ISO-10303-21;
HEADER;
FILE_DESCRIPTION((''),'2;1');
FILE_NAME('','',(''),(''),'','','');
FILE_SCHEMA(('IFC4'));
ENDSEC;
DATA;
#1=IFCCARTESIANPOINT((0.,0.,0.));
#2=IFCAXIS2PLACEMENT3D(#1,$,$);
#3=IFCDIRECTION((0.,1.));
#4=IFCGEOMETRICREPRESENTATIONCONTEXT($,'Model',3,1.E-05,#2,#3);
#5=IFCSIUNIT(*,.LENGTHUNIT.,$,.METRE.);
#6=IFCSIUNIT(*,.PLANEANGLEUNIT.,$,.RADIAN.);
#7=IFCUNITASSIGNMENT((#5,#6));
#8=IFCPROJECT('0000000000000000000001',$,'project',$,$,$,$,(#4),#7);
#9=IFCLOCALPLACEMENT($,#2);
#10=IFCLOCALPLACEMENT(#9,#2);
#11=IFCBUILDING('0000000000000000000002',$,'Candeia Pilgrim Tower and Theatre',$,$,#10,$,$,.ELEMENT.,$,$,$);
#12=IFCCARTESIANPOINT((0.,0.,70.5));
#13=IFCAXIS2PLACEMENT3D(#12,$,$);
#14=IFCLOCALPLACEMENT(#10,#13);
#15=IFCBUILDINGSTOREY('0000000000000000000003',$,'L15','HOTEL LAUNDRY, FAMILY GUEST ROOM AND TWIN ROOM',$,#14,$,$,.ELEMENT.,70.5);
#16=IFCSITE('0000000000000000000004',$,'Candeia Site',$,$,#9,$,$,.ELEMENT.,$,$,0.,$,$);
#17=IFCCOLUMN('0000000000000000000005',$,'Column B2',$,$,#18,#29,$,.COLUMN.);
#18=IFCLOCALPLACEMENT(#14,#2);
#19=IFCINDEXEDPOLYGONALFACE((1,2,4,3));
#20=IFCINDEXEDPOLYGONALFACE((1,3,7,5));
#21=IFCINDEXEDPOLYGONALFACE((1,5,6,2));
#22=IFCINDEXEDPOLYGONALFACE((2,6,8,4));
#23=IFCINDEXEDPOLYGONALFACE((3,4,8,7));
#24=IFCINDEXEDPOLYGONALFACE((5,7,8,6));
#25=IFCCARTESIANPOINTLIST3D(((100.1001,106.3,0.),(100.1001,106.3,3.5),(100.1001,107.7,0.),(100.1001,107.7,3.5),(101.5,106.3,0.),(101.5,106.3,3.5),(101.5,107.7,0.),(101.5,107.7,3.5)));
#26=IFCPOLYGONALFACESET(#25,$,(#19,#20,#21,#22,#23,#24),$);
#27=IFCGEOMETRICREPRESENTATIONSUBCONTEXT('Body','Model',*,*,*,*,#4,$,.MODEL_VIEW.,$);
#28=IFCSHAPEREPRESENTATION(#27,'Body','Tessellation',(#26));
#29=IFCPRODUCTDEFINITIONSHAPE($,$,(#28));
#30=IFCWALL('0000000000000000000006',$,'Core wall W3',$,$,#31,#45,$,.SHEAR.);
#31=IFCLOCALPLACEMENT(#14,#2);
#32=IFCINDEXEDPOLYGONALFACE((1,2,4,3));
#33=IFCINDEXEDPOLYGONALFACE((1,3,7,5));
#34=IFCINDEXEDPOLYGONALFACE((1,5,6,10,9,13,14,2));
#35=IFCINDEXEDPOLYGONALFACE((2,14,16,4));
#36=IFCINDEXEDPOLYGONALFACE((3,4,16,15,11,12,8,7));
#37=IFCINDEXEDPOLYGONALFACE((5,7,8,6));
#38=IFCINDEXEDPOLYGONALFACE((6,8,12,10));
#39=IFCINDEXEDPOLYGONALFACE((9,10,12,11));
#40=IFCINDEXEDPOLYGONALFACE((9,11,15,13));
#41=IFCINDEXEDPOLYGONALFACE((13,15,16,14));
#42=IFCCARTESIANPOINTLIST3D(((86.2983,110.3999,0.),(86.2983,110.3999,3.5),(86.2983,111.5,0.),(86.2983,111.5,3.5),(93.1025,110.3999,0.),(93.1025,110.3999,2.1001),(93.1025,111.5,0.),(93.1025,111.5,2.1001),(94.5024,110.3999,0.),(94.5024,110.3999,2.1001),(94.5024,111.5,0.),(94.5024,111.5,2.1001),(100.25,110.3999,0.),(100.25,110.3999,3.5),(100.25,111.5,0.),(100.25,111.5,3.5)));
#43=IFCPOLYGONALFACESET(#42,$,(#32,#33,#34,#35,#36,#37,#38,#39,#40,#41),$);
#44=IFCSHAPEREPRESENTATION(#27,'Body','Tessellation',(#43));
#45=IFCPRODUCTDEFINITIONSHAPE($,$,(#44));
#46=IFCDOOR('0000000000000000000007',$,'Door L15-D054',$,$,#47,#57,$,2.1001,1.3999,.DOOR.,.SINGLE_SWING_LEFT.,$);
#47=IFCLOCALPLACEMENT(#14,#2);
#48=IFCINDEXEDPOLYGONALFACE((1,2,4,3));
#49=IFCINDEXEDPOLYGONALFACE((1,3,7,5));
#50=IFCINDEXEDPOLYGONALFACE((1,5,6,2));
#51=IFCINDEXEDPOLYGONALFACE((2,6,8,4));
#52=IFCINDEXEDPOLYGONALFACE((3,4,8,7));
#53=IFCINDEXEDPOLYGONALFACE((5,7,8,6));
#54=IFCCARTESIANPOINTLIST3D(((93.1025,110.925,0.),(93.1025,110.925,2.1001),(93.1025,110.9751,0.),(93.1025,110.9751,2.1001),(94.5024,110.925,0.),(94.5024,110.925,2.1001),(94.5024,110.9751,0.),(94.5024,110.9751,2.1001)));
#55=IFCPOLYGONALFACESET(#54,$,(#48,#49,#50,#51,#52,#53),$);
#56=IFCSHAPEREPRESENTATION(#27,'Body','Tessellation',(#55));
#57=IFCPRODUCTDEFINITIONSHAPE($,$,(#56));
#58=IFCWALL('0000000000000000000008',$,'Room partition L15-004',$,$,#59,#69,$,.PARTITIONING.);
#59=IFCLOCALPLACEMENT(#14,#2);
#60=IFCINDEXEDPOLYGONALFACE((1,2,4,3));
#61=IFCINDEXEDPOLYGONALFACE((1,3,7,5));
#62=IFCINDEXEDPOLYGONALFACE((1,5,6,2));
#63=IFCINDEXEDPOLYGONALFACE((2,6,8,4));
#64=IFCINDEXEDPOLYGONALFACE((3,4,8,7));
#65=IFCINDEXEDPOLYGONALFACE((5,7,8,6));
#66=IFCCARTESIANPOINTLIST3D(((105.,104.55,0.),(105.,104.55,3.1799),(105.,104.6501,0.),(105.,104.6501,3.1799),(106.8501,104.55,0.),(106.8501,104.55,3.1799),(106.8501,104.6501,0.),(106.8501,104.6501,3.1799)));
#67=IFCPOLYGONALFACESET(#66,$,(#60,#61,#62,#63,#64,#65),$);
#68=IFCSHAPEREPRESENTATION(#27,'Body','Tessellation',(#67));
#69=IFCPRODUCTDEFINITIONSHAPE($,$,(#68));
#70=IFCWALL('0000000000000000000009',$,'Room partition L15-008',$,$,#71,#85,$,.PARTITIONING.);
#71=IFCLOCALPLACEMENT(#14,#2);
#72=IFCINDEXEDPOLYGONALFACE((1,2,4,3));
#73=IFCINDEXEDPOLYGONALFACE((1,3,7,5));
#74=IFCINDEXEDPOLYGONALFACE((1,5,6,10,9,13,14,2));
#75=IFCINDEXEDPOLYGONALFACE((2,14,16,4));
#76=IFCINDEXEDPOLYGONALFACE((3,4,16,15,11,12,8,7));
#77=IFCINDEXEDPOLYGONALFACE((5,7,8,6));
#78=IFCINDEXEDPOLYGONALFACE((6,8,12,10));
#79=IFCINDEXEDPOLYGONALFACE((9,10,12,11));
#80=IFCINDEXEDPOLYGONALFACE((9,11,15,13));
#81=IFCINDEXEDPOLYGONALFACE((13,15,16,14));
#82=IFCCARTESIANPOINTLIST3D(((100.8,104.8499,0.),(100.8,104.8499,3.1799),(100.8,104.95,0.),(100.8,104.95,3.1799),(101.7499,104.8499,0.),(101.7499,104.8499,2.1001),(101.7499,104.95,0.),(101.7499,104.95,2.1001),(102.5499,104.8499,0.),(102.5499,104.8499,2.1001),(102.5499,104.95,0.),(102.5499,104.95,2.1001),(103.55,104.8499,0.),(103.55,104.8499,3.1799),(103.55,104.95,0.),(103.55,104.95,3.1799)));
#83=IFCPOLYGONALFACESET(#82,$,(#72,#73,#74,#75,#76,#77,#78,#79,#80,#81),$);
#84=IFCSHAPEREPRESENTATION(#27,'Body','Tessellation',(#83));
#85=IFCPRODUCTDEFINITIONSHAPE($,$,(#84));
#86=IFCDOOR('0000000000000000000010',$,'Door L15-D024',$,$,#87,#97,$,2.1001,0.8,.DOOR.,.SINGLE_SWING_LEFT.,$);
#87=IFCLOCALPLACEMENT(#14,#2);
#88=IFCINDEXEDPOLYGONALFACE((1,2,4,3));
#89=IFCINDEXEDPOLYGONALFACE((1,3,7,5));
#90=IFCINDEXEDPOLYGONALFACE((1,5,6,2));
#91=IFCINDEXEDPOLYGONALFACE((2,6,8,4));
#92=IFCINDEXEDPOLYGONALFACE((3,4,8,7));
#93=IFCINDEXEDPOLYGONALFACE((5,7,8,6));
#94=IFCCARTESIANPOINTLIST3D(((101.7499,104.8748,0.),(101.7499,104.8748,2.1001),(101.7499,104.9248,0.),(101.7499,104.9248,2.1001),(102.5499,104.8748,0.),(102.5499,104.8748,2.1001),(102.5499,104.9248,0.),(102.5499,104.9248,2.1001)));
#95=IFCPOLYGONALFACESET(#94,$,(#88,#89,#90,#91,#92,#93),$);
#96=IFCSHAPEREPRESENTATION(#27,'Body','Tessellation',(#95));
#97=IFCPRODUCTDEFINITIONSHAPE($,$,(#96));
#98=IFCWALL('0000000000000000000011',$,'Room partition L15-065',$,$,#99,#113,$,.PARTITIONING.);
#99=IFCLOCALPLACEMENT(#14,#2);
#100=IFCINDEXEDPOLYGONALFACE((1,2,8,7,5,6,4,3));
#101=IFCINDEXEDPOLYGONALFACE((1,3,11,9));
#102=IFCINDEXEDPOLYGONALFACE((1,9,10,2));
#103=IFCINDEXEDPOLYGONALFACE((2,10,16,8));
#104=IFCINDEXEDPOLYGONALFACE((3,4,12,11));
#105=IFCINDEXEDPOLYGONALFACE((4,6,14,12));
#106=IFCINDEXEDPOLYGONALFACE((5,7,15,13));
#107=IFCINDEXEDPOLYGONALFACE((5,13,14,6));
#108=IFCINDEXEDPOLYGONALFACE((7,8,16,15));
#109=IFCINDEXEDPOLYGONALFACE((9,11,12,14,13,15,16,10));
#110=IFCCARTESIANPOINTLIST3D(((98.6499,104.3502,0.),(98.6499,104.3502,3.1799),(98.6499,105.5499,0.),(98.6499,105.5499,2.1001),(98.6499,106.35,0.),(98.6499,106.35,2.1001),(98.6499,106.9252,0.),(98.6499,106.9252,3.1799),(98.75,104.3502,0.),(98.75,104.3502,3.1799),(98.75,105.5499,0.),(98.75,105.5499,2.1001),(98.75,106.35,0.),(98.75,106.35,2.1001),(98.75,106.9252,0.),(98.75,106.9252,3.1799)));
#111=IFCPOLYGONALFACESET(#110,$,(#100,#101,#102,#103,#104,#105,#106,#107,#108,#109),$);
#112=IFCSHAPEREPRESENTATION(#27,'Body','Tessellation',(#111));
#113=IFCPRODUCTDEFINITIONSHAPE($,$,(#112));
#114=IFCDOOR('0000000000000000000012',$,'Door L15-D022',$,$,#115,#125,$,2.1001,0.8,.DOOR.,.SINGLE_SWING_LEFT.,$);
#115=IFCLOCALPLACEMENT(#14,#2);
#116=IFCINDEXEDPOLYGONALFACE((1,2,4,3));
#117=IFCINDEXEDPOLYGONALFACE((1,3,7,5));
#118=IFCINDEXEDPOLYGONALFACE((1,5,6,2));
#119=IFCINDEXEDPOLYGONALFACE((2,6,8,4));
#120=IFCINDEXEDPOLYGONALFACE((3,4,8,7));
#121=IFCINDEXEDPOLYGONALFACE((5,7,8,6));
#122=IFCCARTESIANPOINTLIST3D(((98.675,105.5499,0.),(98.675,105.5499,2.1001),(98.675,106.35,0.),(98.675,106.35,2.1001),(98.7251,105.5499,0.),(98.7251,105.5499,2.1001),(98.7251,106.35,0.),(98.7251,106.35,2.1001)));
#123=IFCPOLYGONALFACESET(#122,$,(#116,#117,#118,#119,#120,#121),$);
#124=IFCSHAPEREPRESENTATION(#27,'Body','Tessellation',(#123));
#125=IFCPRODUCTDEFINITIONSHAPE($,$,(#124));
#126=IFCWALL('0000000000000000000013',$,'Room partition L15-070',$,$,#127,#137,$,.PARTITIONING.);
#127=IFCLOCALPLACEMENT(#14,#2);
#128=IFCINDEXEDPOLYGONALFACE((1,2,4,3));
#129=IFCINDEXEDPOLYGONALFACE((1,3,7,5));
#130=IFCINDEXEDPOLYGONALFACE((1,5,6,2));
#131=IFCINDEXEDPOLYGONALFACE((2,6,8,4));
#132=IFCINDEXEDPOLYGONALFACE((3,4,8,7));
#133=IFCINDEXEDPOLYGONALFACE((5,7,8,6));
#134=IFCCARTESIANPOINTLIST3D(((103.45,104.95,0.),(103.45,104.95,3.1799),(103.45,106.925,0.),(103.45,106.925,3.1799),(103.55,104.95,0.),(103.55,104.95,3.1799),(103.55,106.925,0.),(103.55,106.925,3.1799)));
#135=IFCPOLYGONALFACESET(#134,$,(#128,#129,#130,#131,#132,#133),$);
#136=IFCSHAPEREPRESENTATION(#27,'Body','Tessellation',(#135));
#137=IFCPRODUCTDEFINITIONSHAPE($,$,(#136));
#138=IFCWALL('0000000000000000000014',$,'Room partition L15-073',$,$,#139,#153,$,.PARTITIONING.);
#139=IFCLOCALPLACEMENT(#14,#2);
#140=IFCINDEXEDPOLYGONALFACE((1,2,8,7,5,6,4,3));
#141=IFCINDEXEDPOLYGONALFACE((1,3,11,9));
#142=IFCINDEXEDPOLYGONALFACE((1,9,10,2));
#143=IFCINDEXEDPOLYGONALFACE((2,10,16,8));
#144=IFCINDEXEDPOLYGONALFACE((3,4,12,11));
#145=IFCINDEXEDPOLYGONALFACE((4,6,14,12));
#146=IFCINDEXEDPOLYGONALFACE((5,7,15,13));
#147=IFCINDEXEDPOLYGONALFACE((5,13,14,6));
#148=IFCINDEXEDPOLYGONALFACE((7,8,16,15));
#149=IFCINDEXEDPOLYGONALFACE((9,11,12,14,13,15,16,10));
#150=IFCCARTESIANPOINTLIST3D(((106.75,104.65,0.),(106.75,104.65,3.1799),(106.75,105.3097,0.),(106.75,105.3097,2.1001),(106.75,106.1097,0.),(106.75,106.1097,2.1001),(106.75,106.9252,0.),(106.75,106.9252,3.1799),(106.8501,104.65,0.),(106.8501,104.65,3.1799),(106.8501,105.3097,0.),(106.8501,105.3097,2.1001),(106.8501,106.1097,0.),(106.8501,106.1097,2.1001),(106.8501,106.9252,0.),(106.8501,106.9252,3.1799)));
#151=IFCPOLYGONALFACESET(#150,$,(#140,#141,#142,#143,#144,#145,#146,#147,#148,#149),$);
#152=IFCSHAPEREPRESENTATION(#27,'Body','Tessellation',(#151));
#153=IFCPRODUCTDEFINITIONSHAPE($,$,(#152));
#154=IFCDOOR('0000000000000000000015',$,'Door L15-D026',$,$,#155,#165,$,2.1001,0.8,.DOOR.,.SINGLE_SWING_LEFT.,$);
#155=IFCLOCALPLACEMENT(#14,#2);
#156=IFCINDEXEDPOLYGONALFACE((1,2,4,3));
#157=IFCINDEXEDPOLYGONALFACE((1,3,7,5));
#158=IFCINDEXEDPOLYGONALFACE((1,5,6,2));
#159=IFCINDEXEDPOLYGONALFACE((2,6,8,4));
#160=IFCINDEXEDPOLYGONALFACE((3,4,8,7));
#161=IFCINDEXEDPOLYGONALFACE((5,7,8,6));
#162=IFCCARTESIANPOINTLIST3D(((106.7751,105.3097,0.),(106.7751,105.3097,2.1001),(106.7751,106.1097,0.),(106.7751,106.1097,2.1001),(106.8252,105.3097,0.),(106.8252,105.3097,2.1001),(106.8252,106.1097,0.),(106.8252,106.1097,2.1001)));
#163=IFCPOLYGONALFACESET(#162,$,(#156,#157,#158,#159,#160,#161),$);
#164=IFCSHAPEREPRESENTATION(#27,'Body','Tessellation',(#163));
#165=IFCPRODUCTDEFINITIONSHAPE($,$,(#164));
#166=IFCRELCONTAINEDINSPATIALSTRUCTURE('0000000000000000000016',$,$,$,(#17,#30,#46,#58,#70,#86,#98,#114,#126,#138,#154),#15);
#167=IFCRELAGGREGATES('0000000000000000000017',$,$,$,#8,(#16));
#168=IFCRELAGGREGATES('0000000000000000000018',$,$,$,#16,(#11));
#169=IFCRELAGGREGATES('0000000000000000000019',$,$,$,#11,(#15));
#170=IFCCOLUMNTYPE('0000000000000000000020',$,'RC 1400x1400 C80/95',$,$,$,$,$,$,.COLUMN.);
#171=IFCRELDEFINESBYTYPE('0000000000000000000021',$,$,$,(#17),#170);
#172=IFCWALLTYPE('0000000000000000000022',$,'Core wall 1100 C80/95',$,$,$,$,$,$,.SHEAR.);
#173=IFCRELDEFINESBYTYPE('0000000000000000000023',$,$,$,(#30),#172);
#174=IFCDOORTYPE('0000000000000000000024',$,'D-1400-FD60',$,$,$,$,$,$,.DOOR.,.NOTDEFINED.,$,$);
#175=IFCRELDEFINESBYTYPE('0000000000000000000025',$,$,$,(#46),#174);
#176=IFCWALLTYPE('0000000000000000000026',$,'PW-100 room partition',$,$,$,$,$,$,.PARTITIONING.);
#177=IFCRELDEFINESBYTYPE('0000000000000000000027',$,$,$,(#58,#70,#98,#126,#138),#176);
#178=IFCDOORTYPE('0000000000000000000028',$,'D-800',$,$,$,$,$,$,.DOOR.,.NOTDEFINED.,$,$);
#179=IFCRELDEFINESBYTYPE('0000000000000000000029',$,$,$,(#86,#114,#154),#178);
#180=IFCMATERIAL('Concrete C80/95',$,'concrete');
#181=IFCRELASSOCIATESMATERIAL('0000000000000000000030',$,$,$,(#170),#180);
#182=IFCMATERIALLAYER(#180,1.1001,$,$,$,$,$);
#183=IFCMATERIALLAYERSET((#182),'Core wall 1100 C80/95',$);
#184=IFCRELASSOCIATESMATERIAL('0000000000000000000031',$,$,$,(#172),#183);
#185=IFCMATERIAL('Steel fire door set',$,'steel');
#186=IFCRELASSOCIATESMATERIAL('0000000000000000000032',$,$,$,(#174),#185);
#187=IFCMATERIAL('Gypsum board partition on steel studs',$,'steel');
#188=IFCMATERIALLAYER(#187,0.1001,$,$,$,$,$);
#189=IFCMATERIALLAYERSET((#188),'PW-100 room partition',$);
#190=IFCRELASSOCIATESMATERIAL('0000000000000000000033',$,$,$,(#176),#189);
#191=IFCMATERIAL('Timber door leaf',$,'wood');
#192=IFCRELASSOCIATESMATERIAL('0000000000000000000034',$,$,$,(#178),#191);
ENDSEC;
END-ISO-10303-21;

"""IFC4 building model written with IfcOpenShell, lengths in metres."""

from ifc_helpers import new_model, si_unit, direction, frame, frame_2d, origin, origin_2d, place, context, subcontext, project, spatial, rectangle, extrude, material, layer, layer_set, material_profile, profile_set, type_object, element, fill, save


model = new_model("IFC4")

# Units and contexts
model_context = context("Model", 3, precision=1e-05, world=origin(), true_north=direction((0.0, 1.0)))
body_context = subcontext(model_context, "Body", "Model", "MODEL_VIEW")
ifc_project = project(units=[si_unit("LENGTHUNIT", "METRE"), si_unit("PLANEANGLEUNIT", "RADIAN")], contexts=[model_context])

# Site, building, storey
site_placement = place(None, origin())
site = spatial("IfcSite", under=ifc_project, at=site_placement, Name="Candeia Site", CompositionType="ELEMENT", RefElevation=0.0)
building_placement = place(site_placement, origin())
building = spatial("IfcBuilding", under=site, at=building_placement, Name="Candeia Pilgrim Tower and Theatre", CompositionType="ELEMENT")
storey_placement = place(building_placement, frame((0.0, 0.0, 70.5)))
storey = spatial("IfcBuildingStorey", under=building, at=storey_placement, Name="L15", Description="HOTEL LAUNDRY, FAMILY GUEST ROOM AND TWIN ROOM", CompositionType="ELEMENT", Elevation=70.5)

# Column
ifc_material_1 = material(Name="Concrete C80/95", Category="concrete")
ifc_material_profile = material_profile(ifc_material_1, rectangle(XDim=1.3999, YDim=1.3999, at=origin_2d()))
ifc_profile_set = profile_set([ifc_material_profile], Name="Concrete C80/95")
column_type = type_object("IfcColumnType", Name="RC 1400x1400 C80/95", PredefinedType="COLUMN", material=ifc_profile_set)
column_placement = place(storey_placement, frame((100.8, 107.0, 0.0), z_axis=(0.0, 0.0, 1.0), x_axis=(1.0, 0.0, 0.0)))
element("IfcColumn", 1, at=column_placement, inside=storey, type_object=column_type, Name="Column B2", PredefinedType="COLUMN", context=body_context, shape_type="SweptSolid", body=[
    extrude(rectangle(XDim=1.3999, YDim=1.3999, at=origin_2d()), origin(), (0.0, 0.0, 1.0), 3.5),
])

# Wall, opening, door
ifc_layer_1 = layer(ifc_material_1, 1.1001)
ifc_layer_set_1 = layer_set([ifc_layer_1], Name="Core wall 1100 C80/95")
wall_type_1 = type_object("IfcWallType", Name="Core wall 1100 C80/95", PredefinedType="SHEAR", material=ifc_layer_set_1)
wall_1_placement = place(storey_placement, frame((100.25, 110.95, 0.0), z_axis=(0.0, 0.0, 1.0), x_axis=(-1.0, 0.0, 0.0)))
wall_1 = element("IfcWall", 2, at=wall_1_placement, inside=storey, type_object=wall_type_1, Name="Core wall W3", PredefinedType="SHEAR", context=body_context, shape_type="SweptSolid", body=[
    extrude(rectangle(XDim=13.9517, YDim=1.1001, at=frame_2d((6.9758, 0.0))), origin(), (0.0, 0.0, 1.0), 3.5),
])
opening_1_placement = place(wall_1_placement, frame((5.7476, 0.0, 0.0)))
opening_1 = element("IfcOpeningElement", 3, at=opening_1_placement, cuts=wall_1, PredefinedType="OPENING", context=body_context, shape_type="SweptSolid", body=[
    extrude(rectangle(XDim=1.3999, YDim=2.1001, at=frame_2d((0.7, 1.05))), frame((0.0, 0.5601, 0.0), z_axis=(0.0, -1.0, 0.0), x_axis=(1.0, 0.0, 0.0)), (0.0, 0.0, 1.0), 1.1201),
])
ifc_material_2 = material(Name="Steel fire door set", Category="steel")
door_type_1 = type_object("IfcDoorType", Name="D-1400-FD60", OperationType="NOTDEFINED", PredefinedType="DOOR", material=ifc_material_2)
door_1_placement = place(opening_1_placement, origin())
door_1 = element("IfcDoor", 4, at=door_1_placement, inside=storey, type_object=door_type_1, Name="Door L15-D054", OperationType="SINGLE_SWING_LEFT", OverallHeight=2.1001, OverallWidth=1.3999, PredefinedType="DOOR", context=body_context, shape_type="SweptSolid", body=[
    extrude(rectangle(XDim=1.3999, YDim=2.1001, at=frame_2d((0.7, 1.05))), frame((0.0, 0.0249, 0.0), z_axis=(0.0, -1.0, 0.0), x_axis=(1.0, 0.0, 0.0)), (0.0, 0.0, 1.0), 0.05),
])
fill(opening_1, door_1)

# Wall
ifc_material_3 = material(Name="Gypsum board partition on steel studs", Category="steel")
ifc_layer_2 = layer(ifc_material_3, 0.1001)
ifc_layer_set_2 = layer_set([ifc_layer_2], Name="PW-100 room partition")
wall_type_2 = type_object("IfcWallType", Name="PW-100 room partition", PredefinedType="PARTITIONING", material=ifc_layer_set_2)
wall_2_placement = place(storey_placement, frame((105.0, 104.6001, 0.0), z_axis=(0.0, 0.0, 1.0), x_axis=(1.0, 0.0, 0.0)))
element("IfcWall", 5, at=wall_2_placement, inside=storey, type_object=wall_type_2, Name="Room partition L15-004", PredefinedType="PARTITIONING", context=body_context, shape_type="SweptSolid", body=[
    extrude(rectangle(XDim=1.8501, YDim=0.1001, at=frame_2d((0.925, 0.0))), origin(), (0.0, 0.0, 1.0), 3.1799),
])

# Walls, openings, doors
wall_3_placement = place(storey_placement, frame((100.8, 104.8999, 0.0), z_axis=(0.0, 0.0, 1.0), x_axis=(1.0, 0.0, 0.0)))
wall_3 = element("IfcWall", 6, at=wall_3_placement, inside=storey, type_object=wall_type_2, Name="Room partition L15-008", PredefinedType="PARTITIONING", context=body_context, shape_type="SweptSolid", body=[
    extrude(rectangle(XDim=2.75, YDim=0.1001, at=frame_2d((1.375, 0.0))), origin(), (0.0, 0.0, 1.0), 3.1799),
])
opening_2_placement = place(wall_3_placement, frame((0.95, 0.0, 0.0)))
opening_2 = element("IfcOpeningElement", 7, at=opening_2_placement, cuts=wall_3, PredefinedType="OPENING", context=body_context, shape_type="SweptSolid", body=[
    extrude(rectangle(XDim=0.8, YDim=2.1001, at=frame_2d((0.3999, 1.05))), frame((0.0, 0.0601, 0.0), z_axis=(0.0, -1.0, 0.0), x_axis=(1.0, 0.0, 0.0)), (0.0, 0.0, 1.0), 0.1201),
])
ifc_material_4 = material(Name="Timber door leaf", Category="wood")
door_type_2 = type_object("IfcDoorType", Name="D-800", OperationType="NOTDEFINED", PredefinedType="DOOR", material=ifc_material_4)
door_2_placement = place(opening_2_placement, origin())
door_2 = element("IfcDoor", 8, at=door_2_placement, inside=storey, type_object=door_type_2, Name="Door L15-D024", OperationType="SINGLE_SWING_LEFT", OverallHeight=2.1001, OverallWidth=0.8, PredefinedType="DOOR", context=body_context, shape_type="SweptSolid", body=[
    extrude(rectangle(XDim=0.8, YDim=2.1001, at=frame_2d((0.3999, 1.05))), frame((0.0, 0.0249, 0.0), z_axis=(0.0, -1.0, 0.0), x_axis=(1.0, 0.0, 0.0)), (0.0, 0.0, 1.0), 0.05),
])
fill(opening_2, door_2)
wall_4_placement = place(storey_placement, frame((98.7, 104.3501, 0.0), z_axis=(0.0, 0.0, 1.0), x_axis=(0.0, 1.0, 0.0)))
wall_4 = element("IfcWall", 9, at=wall_4_placement, inside=storey, type_object=wall_type_2, Name="Room partition L15-065", PredefinedType="PARTITIONING", context=body_context, shape_type="SweptSolid", body=[
    extrude(rectangle(XDim=2.575, YDim=0.1001, at=frame_2d((1.2876, 0.0))), origin(), (0.0, 0.0, 1.0), 3.1799),
])
opening_3_placement = place(wall_4_placement, frame((1.2, 0.0, 0.0)))
opening_3 = element("IfcOpeningElement", 10, at=opening_3_placement, cuts=wall_4, PredefinedType="OPENING", context=body_context, shape_type="SweptSolid", body=[
    extrude(rectangle(XDim=0.8, YDim=2.1001, at=frame_2d((0.3999, 1.05))), frame((0.0, 0.0601, 0.0), z_axis=(0.0, -1.0, 0.0), x_axis=(1.0, 0.0, 0.0)), (0.0, 0.0, 1.0), 0.1201),
])
door_3_placement = place(opening_3_placement, origin())
door_3 = element("IfcDoor", 11, at=door_3_placement, inside=storey, type_object=door_type_2, Name="Door L15-D022", OperationType="SINGLE_SWING_LEFT", OverallHeight=2.1001, OverallWidth=0.8, PredefinedType="DOOR", context=body_context, shape_type="SweptSolid", body=[
    extrude(rectangle(XDim=0.8, YDim=2.1001, at=frame_2d((0.3999, 1.05))), frame((0.0, 0.0249, 0.0), z_axis=(0.0, -1.0, 0.0), x_axis=(1.0, 0.0, 0.0)), (0.0, 0.0, 1.0), 0.05),
])
fill(opening_3, door_3)

# Wall
wall_5_placement = place(storey_placement, frame((103.5, 104.95, 0.0), z_axis=(0.0, 0.0, 1.0), x_axis=(0.0, 1.0, 0.0)))
element("IfcWall", 12, at=wall_5_placement, inside=storey, type_object=wall_type_2, Name="Room partition L15-070", PredefinedType="PARTITIONING", context=body_context, shape_type="SweptSolid", body=[
    extrude(rectangle(XDim=1.9751, YDim=0.1001, at=frame_2d((0.9875, 0.0))), origin(), (0.0, 0.0, 1.0), 3.1799),
])

# Wall, opening, door
wall_6_placement = place(storey_placement, frame((106.8, 104.6499, 0.0), z_axis=(0.0, 0.0, 1.0), x_axis=(0.0, 1.0, 0.0)))
wall_6 = element("IfcWall", 13, at=wall_6_placement, inside=storey, type_object=wall_type_2, Name="Room partition L15-073", PredefinedType="PARTITIONING", context=body_context, shape_type="SweptSolid", body=[
    extrude(rectangle(XDim=2.2751, YDim=0.1001, at=frame_2d((1.1377, 0.0))), origin(), (0.0, 0.0, 1.0), 3.1799),
])
opening_4_placement = place(wall_6_placement, frame((0.6599, 0.0, 0.0)))
opening_4 = element("IfcOpeningElement", 14, at=opening_4_placement, cuts=wall_6, PredefinedType="OPENING", context=body_context, shape_type="SweptSolid", body=[
    extrude(rectangle(XDim=0.8, YDim=2.1001, at=frame_2d((0.3999, 1.05))), frame((0.0, 0.0601, 0.0), z_axis=(0.0, -1.0, 0.0), x_axis=(1.0, 0.0, 0.0)), (0.0, 0.0, 1.0), 0.1201),
])
door_4_placement = place(opening_4_placement, origin())
door_4 = element("IfcDoor", 15, at=door_4_placement, inside=storey, type_object=door_type_2, Name="Door L15-D026", OperationType="SINGLE_SWING_LEFT", OverallHeight=2.1001, OverallWidth=0.8, PredefinedType="DOOR", context=body_context, shape_type="SweptSolid", body=[
    extrude(rectangle(XDim=0.8, YDim=2.1001, at=frame_2d((0.3999, 1.05))), frame((0.0, 0.0249, 0.0), z_axis=(0.0, -1.0, 0.0), x_axis=(1.0, 0.0, 0.0)), (0.0, 0.0, 1.0), 0.05),
])
fill(opening_4, door_4)

save(model, "model.ifc")
